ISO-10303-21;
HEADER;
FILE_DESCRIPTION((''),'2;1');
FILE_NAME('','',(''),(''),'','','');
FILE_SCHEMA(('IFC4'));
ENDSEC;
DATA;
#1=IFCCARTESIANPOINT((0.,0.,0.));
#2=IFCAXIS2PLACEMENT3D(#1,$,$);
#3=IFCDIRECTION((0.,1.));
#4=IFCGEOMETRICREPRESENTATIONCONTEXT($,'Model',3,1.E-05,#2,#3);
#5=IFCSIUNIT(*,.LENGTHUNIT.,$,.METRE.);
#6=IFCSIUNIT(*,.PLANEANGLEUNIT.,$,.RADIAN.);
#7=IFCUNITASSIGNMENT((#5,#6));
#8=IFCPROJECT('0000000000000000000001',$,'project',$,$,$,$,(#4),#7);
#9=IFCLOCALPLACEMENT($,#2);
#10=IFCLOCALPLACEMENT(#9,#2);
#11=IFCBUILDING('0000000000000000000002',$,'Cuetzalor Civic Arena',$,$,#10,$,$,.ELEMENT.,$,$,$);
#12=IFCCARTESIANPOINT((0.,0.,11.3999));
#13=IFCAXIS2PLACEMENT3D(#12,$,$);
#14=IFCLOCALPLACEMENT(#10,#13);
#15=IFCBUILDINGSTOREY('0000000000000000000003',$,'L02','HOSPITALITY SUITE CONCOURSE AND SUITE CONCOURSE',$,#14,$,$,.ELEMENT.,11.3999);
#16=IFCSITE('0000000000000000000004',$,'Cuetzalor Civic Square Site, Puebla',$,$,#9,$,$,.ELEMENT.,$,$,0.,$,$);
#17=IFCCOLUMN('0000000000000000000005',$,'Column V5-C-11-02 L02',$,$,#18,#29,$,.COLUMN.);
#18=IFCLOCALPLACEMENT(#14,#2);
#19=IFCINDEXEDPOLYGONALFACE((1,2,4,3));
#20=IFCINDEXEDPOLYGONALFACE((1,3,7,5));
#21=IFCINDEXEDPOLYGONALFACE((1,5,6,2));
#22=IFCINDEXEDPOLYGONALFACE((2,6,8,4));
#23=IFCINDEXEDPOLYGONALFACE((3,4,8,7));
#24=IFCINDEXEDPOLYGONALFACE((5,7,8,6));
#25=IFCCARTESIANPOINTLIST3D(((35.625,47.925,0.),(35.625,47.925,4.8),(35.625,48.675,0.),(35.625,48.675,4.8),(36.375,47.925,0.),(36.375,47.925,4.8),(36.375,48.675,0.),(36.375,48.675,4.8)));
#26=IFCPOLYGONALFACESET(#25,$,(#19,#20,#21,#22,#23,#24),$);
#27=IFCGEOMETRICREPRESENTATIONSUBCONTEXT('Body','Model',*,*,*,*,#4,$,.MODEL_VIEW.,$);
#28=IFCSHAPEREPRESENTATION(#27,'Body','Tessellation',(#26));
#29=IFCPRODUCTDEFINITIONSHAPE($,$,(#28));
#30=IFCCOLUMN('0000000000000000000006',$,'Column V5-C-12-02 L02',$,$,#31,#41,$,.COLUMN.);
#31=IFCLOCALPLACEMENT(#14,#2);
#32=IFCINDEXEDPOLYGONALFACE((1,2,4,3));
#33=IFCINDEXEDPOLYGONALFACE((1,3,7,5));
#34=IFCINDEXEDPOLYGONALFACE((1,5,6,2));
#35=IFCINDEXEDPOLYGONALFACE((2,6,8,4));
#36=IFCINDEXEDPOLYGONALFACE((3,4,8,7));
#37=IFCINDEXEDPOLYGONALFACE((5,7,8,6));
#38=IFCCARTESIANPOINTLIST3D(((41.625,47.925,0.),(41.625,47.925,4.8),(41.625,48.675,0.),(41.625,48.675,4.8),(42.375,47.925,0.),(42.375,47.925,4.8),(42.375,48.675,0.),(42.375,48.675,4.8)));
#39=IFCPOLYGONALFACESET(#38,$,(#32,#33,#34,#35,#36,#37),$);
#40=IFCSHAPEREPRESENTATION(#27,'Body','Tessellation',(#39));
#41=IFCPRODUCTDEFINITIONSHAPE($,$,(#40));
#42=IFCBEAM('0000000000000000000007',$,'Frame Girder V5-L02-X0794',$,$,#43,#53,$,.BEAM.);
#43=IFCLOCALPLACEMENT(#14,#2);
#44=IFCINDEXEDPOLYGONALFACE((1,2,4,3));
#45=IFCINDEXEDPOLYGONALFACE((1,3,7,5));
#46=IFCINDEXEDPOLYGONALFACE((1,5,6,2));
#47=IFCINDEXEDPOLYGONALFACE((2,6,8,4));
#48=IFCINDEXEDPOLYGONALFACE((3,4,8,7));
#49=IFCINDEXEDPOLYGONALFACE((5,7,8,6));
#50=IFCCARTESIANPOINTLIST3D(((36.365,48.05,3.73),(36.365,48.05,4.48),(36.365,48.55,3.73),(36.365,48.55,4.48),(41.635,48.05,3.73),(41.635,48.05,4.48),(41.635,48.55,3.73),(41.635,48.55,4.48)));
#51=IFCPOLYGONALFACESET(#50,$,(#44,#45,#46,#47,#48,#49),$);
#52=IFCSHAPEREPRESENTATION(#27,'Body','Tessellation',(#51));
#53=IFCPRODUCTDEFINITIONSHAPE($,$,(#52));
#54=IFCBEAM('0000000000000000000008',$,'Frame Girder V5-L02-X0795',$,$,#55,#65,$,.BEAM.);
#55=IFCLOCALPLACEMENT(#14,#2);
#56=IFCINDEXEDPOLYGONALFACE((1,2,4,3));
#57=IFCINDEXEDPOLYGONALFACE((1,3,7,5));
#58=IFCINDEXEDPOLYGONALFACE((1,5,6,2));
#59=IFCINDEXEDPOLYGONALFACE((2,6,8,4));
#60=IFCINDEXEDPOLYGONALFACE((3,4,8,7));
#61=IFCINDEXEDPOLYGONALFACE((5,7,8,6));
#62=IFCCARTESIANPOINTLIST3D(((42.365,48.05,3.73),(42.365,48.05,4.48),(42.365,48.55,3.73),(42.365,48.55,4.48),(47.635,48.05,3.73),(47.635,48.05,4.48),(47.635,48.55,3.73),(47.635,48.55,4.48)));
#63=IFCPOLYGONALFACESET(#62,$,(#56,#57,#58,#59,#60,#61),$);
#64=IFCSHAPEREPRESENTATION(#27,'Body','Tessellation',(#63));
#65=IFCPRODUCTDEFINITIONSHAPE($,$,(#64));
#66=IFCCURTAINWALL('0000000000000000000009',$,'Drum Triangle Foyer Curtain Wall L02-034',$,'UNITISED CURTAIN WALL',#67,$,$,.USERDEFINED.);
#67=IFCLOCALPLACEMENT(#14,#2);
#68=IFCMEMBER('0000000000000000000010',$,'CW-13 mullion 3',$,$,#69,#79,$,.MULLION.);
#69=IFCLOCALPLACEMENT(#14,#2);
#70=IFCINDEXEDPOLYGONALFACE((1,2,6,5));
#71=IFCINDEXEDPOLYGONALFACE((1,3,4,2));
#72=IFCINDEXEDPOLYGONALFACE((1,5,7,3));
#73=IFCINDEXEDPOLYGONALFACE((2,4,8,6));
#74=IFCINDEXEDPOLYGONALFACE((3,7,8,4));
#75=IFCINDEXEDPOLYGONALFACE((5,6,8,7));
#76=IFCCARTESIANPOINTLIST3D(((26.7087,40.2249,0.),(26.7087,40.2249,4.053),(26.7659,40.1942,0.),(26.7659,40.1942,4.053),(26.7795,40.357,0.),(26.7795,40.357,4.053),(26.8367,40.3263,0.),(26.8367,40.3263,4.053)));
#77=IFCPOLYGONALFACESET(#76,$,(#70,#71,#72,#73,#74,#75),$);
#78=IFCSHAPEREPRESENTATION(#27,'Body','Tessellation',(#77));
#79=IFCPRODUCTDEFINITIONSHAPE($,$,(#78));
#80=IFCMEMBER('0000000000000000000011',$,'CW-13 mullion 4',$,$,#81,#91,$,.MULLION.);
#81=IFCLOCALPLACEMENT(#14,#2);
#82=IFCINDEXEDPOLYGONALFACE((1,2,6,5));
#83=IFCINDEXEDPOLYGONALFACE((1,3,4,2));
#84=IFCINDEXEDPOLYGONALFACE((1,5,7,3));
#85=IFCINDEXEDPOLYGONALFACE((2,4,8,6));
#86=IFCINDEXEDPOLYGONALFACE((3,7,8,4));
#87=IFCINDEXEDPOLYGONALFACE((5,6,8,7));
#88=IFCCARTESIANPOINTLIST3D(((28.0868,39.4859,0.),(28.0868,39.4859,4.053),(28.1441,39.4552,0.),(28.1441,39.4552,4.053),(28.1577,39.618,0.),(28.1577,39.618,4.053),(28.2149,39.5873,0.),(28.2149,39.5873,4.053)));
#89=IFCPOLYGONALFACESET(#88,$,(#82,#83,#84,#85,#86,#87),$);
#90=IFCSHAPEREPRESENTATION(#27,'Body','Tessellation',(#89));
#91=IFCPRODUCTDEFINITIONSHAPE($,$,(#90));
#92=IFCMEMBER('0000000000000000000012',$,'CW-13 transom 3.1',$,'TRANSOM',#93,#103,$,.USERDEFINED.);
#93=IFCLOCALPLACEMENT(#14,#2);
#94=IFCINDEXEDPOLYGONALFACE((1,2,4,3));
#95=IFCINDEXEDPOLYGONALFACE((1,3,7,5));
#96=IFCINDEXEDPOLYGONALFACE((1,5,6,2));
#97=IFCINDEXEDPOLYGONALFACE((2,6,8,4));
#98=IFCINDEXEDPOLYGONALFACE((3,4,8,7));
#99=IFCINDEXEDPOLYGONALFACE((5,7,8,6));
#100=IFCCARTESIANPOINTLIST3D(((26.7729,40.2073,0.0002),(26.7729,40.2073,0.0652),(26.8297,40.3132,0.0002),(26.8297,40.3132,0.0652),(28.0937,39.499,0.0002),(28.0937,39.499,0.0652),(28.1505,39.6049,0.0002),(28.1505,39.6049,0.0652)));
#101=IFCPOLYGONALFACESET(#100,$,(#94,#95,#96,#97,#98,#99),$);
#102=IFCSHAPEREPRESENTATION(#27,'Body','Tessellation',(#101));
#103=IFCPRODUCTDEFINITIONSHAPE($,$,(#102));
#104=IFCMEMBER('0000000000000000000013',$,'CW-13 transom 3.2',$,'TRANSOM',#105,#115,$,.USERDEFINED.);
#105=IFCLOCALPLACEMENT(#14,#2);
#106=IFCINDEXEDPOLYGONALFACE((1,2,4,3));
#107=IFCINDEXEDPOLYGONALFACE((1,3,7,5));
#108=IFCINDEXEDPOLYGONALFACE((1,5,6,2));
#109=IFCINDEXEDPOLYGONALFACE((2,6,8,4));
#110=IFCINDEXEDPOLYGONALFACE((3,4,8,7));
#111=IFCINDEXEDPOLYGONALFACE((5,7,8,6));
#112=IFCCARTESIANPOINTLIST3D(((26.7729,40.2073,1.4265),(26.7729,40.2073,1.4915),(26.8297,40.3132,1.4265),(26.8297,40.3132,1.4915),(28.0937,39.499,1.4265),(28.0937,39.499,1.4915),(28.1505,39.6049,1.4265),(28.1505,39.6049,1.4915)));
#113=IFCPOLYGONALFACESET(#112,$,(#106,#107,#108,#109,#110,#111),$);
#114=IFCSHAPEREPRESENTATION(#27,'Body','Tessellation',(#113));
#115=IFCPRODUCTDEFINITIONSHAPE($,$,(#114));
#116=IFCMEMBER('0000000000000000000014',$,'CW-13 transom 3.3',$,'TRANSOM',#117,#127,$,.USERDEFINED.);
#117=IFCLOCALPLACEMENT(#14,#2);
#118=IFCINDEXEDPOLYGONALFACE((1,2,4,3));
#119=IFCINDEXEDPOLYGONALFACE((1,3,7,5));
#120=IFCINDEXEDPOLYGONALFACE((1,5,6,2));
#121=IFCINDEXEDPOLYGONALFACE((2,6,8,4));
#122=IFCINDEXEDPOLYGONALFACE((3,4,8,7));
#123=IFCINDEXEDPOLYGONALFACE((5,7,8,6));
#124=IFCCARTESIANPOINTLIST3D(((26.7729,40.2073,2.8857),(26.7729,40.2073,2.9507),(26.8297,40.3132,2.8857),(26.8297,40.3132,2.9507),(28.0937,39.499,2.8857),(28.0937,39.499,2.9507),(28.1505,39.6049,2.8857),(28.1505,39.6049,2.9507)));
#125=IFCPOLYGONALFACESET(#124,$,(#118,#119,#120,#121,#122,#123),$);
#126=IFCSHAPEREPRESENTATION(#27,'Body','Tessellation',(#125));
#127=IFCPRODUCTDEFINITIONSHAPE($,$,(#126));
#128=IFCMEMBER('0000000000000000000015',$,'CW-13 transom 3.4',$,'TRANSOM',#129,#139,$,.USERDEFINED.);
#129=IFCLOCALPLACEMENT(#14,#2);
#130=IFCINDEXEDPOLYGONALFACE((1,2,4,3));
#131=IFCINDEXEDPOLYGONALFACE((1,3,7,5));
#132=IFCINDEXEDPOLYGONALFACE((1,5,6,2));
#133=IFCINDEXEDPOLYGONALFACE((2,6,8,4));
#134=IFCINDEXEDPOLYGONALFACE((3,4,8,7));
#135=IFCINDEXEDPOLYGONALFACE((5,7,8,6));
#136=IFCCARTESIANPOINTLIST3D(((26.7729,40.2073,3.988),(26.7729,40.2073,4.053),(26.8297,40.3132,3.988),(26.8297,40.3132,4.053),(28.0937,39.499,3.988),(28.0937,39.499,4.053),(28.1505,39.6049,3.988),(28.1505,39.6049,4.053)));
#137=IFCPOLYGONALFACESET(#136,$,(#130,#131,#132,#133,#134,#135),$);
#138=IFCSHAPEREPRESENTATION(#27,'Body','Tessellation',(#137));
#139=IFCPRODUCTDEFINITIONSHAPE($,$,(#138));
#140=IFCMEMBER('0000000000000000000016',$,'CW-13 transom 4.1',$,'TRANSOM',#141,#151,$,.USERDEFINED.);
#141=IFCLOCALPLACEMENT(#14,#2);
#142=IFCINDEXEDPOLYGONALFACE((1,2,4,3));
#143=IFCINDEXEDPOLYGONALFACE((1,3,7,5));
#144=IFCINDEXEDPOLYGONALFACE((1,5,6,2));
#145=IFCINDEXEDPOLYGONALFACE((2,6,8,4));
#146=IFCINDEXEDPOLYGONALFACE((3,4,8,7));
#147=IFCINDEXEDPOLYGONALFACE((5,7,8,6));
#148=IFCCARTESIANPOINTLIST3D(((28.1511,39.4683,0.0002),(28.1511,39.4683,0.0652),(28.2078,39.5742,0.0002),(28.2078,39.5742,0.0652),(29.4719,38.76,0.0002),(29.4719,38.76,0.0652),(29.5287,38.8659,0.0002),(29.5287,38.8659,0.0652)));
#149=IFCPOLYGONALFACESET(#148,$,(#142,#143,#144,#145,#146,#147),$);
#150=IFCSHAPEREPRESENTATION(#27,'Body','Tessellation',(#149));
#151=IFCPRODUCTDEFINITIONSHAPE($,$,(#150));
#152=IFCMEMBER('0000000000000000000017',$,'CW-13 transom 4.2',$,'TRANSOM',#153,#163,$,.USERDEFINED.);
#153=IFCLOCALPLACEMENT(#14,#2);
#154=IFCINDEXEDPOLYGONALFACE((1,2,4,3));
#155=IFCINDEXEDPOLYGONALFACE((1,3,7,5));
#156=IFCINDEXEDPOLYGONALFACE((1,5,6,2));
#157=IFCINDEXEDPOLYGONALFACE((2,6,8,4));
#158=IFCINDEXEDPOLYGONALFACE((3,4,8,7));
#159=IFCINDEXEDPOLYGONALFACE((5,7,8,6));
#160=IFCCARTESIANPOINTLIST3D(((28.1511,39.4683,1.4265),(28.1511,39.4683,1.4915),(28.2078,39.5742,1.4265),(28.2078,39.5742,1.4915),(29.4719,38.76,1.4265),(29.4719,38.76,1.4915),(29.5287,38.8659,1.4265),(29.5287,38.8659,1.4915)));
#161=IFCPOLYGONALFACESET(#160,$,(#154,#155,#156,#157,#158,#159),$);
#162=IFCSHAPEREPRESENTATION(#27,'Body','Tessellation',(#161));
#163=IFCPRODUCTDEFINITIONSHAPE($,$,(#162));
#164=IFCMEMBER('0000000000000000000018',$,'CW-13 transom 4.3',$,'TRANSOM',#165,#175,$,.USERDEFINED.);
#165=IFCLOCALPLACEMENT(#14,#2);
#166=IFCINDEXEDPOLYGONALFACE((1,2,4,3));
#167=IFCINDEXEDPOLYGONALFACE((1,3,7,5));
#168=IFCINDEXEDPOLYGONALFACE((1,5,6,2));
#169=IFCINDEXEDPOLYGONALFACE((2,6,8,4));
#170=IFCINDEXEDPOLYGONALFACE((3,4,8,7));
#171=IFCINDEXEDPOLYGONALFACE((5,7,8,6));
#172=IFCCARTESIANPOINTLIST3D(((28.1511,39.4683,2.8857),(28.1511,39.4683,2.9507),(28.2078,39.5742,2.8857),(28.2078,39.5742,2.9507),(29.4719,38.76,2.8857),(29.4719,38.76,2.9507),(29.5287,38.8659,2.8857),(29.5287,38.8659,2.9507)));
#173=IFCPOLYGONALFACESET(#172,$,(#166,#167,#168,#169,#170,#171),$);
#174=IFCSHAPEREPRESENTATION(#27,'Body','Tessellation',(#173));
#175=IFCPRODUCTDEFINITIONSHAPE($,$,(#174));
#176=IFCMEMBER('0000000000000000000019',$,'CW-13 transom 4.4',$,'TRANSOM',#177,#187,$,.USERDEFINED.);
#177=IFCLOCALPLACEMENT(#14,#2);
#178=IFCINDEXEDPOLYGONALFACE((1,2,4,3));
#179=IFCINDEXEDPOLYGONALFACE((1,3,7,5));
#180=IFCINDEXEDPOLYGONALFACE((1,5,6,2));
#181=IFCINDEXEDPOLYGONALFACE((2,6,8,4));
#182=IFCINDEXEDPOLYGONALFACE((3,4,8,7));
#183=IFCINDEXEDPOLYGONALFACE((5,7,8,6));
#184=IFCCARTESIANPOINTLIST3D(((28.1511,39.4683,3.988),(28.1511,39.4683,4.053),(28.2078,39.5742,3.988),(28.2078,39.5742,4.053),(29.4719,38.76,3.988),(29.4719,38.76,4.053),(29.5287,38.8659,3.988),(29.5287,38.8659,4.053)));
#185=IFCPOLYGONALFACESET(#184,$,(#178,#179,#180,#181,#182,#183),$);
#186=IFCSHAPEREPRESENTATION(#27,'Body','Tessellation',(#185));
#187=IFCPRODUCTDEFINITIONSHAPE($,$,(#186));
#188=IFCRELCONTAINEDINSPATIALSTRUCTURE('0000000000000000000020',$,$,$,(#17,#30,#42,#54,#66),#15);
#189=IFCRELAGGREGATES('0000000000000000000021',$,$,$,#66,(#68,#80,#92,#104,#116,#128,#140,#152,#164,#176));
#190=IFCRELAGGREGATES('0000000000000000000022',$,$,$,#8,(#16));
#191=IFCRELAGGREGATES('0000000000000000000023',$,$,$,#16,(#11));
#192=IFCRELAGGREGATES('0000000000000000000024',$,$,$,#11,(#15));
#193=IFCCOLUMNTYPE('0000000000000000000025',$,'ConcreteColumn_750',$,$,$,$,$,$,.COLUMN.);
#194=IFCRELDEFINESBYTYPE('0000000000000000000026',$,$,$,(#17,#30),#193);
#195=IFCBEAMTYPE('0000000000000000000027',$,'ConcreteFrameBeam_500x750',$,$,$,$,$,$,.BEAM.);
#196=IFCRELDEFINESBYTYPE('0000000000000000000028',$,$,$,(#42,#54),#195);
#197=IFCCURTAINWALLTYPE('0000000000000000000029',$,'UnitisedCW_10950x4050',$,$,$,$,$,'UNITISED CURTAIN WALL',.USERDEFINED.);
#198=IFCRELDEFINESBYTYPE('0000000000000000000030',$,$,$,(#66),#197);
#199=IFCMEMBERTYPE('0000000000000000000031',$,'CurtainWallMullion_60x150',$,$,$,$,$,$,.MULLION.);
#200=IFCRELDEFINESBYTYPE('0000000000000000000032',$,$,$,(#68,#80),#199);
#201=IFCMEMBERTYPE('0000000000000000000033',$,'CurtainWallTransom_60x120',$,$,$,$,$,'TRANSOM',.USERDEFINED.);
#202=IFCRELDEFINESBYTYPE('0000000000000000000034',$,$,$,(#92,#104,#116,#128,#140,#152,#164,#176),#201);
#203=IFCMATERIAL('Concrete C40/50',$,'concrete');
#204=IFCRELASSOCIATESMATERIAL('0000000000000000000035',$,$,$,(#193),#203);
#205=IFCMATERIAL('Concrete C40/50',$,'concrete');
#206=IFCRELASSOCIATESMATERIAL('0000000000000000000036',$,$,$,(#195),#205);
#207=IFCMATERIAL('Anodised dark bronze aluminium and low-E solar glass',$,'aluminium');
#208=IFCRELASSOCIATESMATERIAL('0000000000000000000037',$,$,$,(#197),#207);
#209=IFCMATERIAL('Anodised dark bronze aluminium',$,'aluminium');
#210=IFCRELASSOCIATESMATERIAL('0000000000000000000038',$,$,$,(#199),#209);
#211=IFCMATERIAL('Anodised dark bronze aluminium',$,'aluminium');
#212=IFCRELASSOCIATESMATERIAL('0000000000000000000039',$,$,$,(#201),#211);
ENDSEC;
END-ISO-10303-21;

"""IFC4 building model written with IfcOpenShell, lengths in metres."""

from ifc_helpers import new_model, si_unit, direction, frame, origin, origin_2d, place, context, subcontext, project, spatial, rectangle, extrude, material, material_profile, profile_set, type_object, element, aggregate, save


model = new_model("IFC4")

# Units and contexts
model_context = context("Model", 3, precision=1e-05, world=origin(), true_north=direction((0.0, 1.0)))
body_context = subcontext(model_context, "Body", "Model", "MODEL_VIEW")
ifc_project = project(units=[si_unit("LENGTHUNIT", "METRE"), si_unit("PLANEANGLEUNIT", "RADIAN")], contexts=[model_context])

# Site, building, storey
site_placement = place(None, origin())
site = spatial("IfcSite", under=ifc_project, at=site_placement, Name="Cuetzalor Civic Square Site, Puebla", CompositionType="ELEMENT", RefElevation=0.0)
building_placement = place(site_placement, origin())
building = spatial("IfcBuilding", under=site, at=building_placement, Name="Cuetzalor Civic Arena", CompositionType="ELEMENT")
storey_placement = place(building_placement, frame((0.0, 0.0, 11.3999)))
storey = spatial("IfcBuildingStorey", under=building, at=storey_placement, Name="L02", Description="HOSPITALITY SUITE CONCOURSE AND SUITE CONCOURSE", CompositionType="ELEMENT", Elevation=11.3999)

# Columns
ifc_material_1 = material(Name="Concrete C40/50", Category="concrete")
ifc_material_profile_1 = material_profile(ifc_material_1, rectangle(XDim=0.75, YDim=0.75, at=origin_2d()), Name="RC 750x750")
ifc_profile_set_1 = profile_set([ifc_material_profile_1], Name="Concrete C40/50")
column_type = type_object("IfcColumnType", Name="ConcreteColumn_750", PredefinedType="COLUMN", material=ifc_profile_set_1)
for number, where, z_axis, x_axis, name in (
    (1, (36.0, 48.3, 0.0), (0.0, 0.0, 1.0), (1.0, 0.0, 0.0), "Column V5-C-11-02 L02"),
    (2, (42.0, 48.3, 0.0), (0.0, 0.0, 1.0), (1.0, 0.0, 0.0), "Column V5-C-12-02 L02"),
):
    element("IfcColumn", number, at=place(storey_placement, frame(where, z_axis=z_axis, x_axis=x_axis)), inside=storey, type_object=column_type, Name=name, PredefinedType="COLUMN", context=body_context, shape_type="SweptSolid", body=[
        extrude(rectangle(XDim=0.75, YDim=0.75, at=origin_2d()), origin(), (0.0, 0.0, 1.0), 4.8),
    ])

# Beams
ifc_material_2 = material(Name="Concrete C40/50", Category="concrete")
ifc_material_profile_2 = material_profile(ifc_material_2, rectangle(XDim=0.5, YDim=0.75, at=origin_2d()), Name="RC 500x750")
ifc_profile_set_2 = profile_set([ifc_material_profile_2], Name="Concrete C40/50")
beam_type_1 = type_object("IfcBeamType", Name="ConcreteFrameBeam_500x750", PredefinedType="BEAM", material=ifc_profile_set_2)
for number, where, z_axis, x_axis, name in (
    (3, (36.365, 48.3, 4.105), (1.0, 0.0, 0.0), (0.0, 1.0, 0.0), "Frame Girder V5-L02-X0794"),
    (4, (42.365, 48.3, 4.105), (1.0, 0.0, 0.0), (0.0, 1.0, 0.0), "Frame Girder V5-L02-X0795"),
):
    element("IfcBeam", number, at=place(storey_placement, frame(where, z_axis=z_axis, x_axis=x_axis)), inside=storey, type_object=beam_type_1, Name=name, PredefinedType="BEAM", context=body_context, shape_type="SweptSolid", body=[
        extrude(rectangle(XDim=0.5, YDim=0.75, at=origin_2d()), origin(), (0.0, 0.0, 1.0), 5.27),
    ])

# Curtain wall, members
ifc_material_3 = material(Name="Anodised dark bronze aluminium and low-E solar glass", Category="aluminium")
curtain_wall_type = type_object("IfcCurtainWallType", Name="UnitisedCW_10950x4050", ElementType="UNITISED CURTAIN WALL", PredefinedType="USERDEFINED", material=ifc_material_3)
curtain_wall_placement = place(storey_placement, origin())
curtain_wall = element("IfcCurtainWall", 5, at=curtain_wall_placement, inside=storey, type_object=curtain_wall_type, Name="Drum Triangle Foyer Curtain Wall L02-034", ObjectType="UNITISED CURTAIN WALL", PredefinedType="USERDEFINED")
ifc_material_4 = material(Name="Anodised dark bronze aluminium", Category="aluminium")
ifc_material_profile_3 = material_profile(ifc_material_4, rectangle(XDim=0.0649, YDim=0.1499, at=origin_2d()), Name="ALU MULLION 65x150")
ifc_profile_set_3 = profile_set([ifc_material_profile_3], Name="Anodised dark bronze aluminium")
member_type_1 = type_object("IfcMemberType", Name="CurtainWallMullion_60x150", PredefinedType="MULLION", material=ifc_profile_set_3)
member_1_placement = place(storey_placement, frame((26.7727, 40.2756, 0.0), z_axis=(0.0, 0.0, 1.0), x_axis=(0.881306, -0.472545, 0.0)))
member_1 = element("IfcMember", 6, at=member_1_placement, type_object=member_type_1, Name="CW-13 mullion 3", PredefinedType="MULLION", context=body_context, shape_type="SweptSolid", body=[
    extrude(rectangle(XDim=0.0649, YDim=0.1499, at=origin_2d()), origin(), (0.0, 0.0, 1.0), 4.053),
])
member_2_placement = place(storey_placement, frame((28.1509, 39.5366, 0.0), z_axis=(0.0, 0.0, 1.0), x_axis=(0.881306, -0.472545, 0.0)))
member_2 = element("IfcMember", 7, at=member_2_placement, type_object=member_type_1, Name="CW-13 mullion 4", PredefinedType="MULLION", context=body_context, shape_type="SweptSolid", body=[
    extrude(rectangle(XDim=0.0649, YDim=0.1499, at=origin_2d()), origin(), (0.0, 0.0, 1.0), 4.053),
])
ifc_material_5 = material(Name="Anodised dark bronze aluminium", Category="aluminium")
ifc_material_profile_4 = material_profile(ifc_material_5, rectangle(XDim=0.1201, YDim=0.0649, at=origin_2d()), Name="ALU TRANSOM 65x120")
ifc_profile_set_4 = profile_set([ifc_material_profile_4], Name="Anodised dark bronze aluminium")
member_type_2 = type_object("IfcMemberType", Name="CurtainWallTransom_60x120", ElementType="TRANSOM", PredefinedType="USERDEFINED", material=ifc_profile_set_4)
member_3_placement = place(storey_placement, frame((26.8013, 40.2603, 0.0327), z_axis=(0.881291, -0.472574, 0.0), x_axis=(0.472574, 0.881291, 0.0)))
member_3 = element("IfcMember", 8, at=member_3_placement, type_object=member_type_2, Name="CW-13 transom 3.1", ObjectType="TRANSOM", PredefinedType="USERDEFINED", context=body_context, shape_type="SweptSolid", body=[
    extrude(rectangle(XDim=0.1201, YDim=0.0649, at=origin_2d()), origin(), (0.0, 0.0, 1.0), 1.4988),
])
member_4_placement = place(storey_placement, frame((26.8013, 40.2603, 1.459), z_axis=(0.881291, -0.472574, 0.0), x_axis=(0.472574, 0.881291, 0.0)))
member_4 = element("IfcMember", 9, at=member_4_placement, type_object=member_type_2, Name="CW-13 transom 3.2", ObjectType="TRANSOM", PredefinedType="USERDEFINED", context=body_context, shape_type="SweptSolid", body=[
    extrude(rectangle(XDim=0.1201, YDim=0.0649, at=origin_2d()), origin(), (0.0, 0.0, 1.0), 1.4988),
])
member_5_placement = place(storey_placement, frame((26.8013, 40.2603, 2.9182), z_axis=(0.881291, -0.472574, 0.0), x_axis=(0.472574, 0.881291, 0.0)))
member_5 = element("IfcMember", 10, at=member_5_placement, type_object=member_type_2, Name="CW-13 transom 3.3", ObjectType="TRANSOM", PredefinedType="USERDEFINED", context=body_context, shape_type="SweptSolid", body=[
    extrude(rectangle(XDim=0.1201, YDim=0.0649, at=origin_2d()), origin(), (0.0, 0.0, 1.0), 1.4988),
])
member_6_placement = place(storey_placement, frame((26.8013, 40.2603, 4.0205), z_axis=(0.881291, -0.472574, 0.0), x_axis=(0.472574, 0.881291, 0.0)))
member_6 = element("IfcMember", 11, at=member_6_placement, type_object=member_type_2, Name="CW-13 transom 3.4", ObjectType="TRANSOM", PredefinedType="USERDEFINED", context=body_context, shape_type="SweptSolid", body=[
    extrude(rectangle(XDim=0.1201, YDim=0.0649, at=origin_2d()), origin(), (0.0, 0.0, 1.0), 1.4988),
])
member_7_placement = place(storey_placement, frame((28.1794, 39.5212, 0.0327), z_axis=(0.881291, -0.472574, 0.0), x_axis=(0.472574, 0.881291, 0.0)))
member_7 = element("IfcMember", 12, at=member_7_placement, type_object=member_type_2, Name="CW-13 transom 4.1", ObjectType="TRANSOM", PredefinedType="USERDEFINED", context=body_context, shape_type="SweptSolid", body=[
    extrude(rectangle(XDim=0.1201, YDim=0.0649, at=origin_2d()), origin(), (0.0, 0.0, 1.0), 1.4988),
])
member_8_placement = place(storey_placement, frame((28.1794, 39.5212, 1.459), z_axis=(0.881291, -0.472574, 0.0), x_axis=(0.472574, 0.881291, 0.0)))
member_8 = element("IfcMember", 13, at=member_8_placement, type_object=member_type_2, Name="CW-13 transom 4.2", ObjectType="TRANSOM", PredefinedType="USERDEFINED", context=body_context, shape_type="SweptSolid", body=[
    extrude(rectangle(XDim=0.1201, YDim=0.0649, at=origin_2d()), origin(), (0.0, 0.0, 1.0), 1.4988),
])
member_9_placement = place(storey_placement, frame((28.1794, 39.5212, 2.9182), z_axis=(0.881291, -0.472574, 0.0), x_axis=(0.472574, 0.881291, 0.0)))
member_9 = element("IfcMember", 14, at=member_9_placement, type_object=member_type_2, Name="CW-13 transom 4.3", ObjectType="TRANSOM", PredefinedType="USERDEFINED", context=body_context, shape_type="SweptSolid", body=[
    extrude(rectangle(XDim=0.1201, YDim=0.0649, at=origin_2d()), origin(), (0.0, 0.0, 1.0), 1.4988),
])
member_10_placement = place(storey_placement, frame((28.1794, 39.5212, 4.0205), z_axis=(0.881291, -0.472574, 0.0), x_axis=(0.472574, 0.881291, 0.0)))
member_10 = element("IfcMember", 15, at=member_10_placement, type_object=member_type_2, Name="CW-13 transom 4.4", ObjectType="TRANSOM", PredefinedType="USERDEFINED", context=body_context, shape_type="SweptSolid", body=[
    extrude(rectangle(XDim=0.1201, YDim=0.0649, at=origin_2d()), origin(), (0.0, 0.0, 1.0), 1.4988),
])

aggregate(curtain_wall, [member_1, member_2, member_3, member_4, member_5, member_6, member_7, member_8, member_9, member_10])

save(model, "model.ifc")
